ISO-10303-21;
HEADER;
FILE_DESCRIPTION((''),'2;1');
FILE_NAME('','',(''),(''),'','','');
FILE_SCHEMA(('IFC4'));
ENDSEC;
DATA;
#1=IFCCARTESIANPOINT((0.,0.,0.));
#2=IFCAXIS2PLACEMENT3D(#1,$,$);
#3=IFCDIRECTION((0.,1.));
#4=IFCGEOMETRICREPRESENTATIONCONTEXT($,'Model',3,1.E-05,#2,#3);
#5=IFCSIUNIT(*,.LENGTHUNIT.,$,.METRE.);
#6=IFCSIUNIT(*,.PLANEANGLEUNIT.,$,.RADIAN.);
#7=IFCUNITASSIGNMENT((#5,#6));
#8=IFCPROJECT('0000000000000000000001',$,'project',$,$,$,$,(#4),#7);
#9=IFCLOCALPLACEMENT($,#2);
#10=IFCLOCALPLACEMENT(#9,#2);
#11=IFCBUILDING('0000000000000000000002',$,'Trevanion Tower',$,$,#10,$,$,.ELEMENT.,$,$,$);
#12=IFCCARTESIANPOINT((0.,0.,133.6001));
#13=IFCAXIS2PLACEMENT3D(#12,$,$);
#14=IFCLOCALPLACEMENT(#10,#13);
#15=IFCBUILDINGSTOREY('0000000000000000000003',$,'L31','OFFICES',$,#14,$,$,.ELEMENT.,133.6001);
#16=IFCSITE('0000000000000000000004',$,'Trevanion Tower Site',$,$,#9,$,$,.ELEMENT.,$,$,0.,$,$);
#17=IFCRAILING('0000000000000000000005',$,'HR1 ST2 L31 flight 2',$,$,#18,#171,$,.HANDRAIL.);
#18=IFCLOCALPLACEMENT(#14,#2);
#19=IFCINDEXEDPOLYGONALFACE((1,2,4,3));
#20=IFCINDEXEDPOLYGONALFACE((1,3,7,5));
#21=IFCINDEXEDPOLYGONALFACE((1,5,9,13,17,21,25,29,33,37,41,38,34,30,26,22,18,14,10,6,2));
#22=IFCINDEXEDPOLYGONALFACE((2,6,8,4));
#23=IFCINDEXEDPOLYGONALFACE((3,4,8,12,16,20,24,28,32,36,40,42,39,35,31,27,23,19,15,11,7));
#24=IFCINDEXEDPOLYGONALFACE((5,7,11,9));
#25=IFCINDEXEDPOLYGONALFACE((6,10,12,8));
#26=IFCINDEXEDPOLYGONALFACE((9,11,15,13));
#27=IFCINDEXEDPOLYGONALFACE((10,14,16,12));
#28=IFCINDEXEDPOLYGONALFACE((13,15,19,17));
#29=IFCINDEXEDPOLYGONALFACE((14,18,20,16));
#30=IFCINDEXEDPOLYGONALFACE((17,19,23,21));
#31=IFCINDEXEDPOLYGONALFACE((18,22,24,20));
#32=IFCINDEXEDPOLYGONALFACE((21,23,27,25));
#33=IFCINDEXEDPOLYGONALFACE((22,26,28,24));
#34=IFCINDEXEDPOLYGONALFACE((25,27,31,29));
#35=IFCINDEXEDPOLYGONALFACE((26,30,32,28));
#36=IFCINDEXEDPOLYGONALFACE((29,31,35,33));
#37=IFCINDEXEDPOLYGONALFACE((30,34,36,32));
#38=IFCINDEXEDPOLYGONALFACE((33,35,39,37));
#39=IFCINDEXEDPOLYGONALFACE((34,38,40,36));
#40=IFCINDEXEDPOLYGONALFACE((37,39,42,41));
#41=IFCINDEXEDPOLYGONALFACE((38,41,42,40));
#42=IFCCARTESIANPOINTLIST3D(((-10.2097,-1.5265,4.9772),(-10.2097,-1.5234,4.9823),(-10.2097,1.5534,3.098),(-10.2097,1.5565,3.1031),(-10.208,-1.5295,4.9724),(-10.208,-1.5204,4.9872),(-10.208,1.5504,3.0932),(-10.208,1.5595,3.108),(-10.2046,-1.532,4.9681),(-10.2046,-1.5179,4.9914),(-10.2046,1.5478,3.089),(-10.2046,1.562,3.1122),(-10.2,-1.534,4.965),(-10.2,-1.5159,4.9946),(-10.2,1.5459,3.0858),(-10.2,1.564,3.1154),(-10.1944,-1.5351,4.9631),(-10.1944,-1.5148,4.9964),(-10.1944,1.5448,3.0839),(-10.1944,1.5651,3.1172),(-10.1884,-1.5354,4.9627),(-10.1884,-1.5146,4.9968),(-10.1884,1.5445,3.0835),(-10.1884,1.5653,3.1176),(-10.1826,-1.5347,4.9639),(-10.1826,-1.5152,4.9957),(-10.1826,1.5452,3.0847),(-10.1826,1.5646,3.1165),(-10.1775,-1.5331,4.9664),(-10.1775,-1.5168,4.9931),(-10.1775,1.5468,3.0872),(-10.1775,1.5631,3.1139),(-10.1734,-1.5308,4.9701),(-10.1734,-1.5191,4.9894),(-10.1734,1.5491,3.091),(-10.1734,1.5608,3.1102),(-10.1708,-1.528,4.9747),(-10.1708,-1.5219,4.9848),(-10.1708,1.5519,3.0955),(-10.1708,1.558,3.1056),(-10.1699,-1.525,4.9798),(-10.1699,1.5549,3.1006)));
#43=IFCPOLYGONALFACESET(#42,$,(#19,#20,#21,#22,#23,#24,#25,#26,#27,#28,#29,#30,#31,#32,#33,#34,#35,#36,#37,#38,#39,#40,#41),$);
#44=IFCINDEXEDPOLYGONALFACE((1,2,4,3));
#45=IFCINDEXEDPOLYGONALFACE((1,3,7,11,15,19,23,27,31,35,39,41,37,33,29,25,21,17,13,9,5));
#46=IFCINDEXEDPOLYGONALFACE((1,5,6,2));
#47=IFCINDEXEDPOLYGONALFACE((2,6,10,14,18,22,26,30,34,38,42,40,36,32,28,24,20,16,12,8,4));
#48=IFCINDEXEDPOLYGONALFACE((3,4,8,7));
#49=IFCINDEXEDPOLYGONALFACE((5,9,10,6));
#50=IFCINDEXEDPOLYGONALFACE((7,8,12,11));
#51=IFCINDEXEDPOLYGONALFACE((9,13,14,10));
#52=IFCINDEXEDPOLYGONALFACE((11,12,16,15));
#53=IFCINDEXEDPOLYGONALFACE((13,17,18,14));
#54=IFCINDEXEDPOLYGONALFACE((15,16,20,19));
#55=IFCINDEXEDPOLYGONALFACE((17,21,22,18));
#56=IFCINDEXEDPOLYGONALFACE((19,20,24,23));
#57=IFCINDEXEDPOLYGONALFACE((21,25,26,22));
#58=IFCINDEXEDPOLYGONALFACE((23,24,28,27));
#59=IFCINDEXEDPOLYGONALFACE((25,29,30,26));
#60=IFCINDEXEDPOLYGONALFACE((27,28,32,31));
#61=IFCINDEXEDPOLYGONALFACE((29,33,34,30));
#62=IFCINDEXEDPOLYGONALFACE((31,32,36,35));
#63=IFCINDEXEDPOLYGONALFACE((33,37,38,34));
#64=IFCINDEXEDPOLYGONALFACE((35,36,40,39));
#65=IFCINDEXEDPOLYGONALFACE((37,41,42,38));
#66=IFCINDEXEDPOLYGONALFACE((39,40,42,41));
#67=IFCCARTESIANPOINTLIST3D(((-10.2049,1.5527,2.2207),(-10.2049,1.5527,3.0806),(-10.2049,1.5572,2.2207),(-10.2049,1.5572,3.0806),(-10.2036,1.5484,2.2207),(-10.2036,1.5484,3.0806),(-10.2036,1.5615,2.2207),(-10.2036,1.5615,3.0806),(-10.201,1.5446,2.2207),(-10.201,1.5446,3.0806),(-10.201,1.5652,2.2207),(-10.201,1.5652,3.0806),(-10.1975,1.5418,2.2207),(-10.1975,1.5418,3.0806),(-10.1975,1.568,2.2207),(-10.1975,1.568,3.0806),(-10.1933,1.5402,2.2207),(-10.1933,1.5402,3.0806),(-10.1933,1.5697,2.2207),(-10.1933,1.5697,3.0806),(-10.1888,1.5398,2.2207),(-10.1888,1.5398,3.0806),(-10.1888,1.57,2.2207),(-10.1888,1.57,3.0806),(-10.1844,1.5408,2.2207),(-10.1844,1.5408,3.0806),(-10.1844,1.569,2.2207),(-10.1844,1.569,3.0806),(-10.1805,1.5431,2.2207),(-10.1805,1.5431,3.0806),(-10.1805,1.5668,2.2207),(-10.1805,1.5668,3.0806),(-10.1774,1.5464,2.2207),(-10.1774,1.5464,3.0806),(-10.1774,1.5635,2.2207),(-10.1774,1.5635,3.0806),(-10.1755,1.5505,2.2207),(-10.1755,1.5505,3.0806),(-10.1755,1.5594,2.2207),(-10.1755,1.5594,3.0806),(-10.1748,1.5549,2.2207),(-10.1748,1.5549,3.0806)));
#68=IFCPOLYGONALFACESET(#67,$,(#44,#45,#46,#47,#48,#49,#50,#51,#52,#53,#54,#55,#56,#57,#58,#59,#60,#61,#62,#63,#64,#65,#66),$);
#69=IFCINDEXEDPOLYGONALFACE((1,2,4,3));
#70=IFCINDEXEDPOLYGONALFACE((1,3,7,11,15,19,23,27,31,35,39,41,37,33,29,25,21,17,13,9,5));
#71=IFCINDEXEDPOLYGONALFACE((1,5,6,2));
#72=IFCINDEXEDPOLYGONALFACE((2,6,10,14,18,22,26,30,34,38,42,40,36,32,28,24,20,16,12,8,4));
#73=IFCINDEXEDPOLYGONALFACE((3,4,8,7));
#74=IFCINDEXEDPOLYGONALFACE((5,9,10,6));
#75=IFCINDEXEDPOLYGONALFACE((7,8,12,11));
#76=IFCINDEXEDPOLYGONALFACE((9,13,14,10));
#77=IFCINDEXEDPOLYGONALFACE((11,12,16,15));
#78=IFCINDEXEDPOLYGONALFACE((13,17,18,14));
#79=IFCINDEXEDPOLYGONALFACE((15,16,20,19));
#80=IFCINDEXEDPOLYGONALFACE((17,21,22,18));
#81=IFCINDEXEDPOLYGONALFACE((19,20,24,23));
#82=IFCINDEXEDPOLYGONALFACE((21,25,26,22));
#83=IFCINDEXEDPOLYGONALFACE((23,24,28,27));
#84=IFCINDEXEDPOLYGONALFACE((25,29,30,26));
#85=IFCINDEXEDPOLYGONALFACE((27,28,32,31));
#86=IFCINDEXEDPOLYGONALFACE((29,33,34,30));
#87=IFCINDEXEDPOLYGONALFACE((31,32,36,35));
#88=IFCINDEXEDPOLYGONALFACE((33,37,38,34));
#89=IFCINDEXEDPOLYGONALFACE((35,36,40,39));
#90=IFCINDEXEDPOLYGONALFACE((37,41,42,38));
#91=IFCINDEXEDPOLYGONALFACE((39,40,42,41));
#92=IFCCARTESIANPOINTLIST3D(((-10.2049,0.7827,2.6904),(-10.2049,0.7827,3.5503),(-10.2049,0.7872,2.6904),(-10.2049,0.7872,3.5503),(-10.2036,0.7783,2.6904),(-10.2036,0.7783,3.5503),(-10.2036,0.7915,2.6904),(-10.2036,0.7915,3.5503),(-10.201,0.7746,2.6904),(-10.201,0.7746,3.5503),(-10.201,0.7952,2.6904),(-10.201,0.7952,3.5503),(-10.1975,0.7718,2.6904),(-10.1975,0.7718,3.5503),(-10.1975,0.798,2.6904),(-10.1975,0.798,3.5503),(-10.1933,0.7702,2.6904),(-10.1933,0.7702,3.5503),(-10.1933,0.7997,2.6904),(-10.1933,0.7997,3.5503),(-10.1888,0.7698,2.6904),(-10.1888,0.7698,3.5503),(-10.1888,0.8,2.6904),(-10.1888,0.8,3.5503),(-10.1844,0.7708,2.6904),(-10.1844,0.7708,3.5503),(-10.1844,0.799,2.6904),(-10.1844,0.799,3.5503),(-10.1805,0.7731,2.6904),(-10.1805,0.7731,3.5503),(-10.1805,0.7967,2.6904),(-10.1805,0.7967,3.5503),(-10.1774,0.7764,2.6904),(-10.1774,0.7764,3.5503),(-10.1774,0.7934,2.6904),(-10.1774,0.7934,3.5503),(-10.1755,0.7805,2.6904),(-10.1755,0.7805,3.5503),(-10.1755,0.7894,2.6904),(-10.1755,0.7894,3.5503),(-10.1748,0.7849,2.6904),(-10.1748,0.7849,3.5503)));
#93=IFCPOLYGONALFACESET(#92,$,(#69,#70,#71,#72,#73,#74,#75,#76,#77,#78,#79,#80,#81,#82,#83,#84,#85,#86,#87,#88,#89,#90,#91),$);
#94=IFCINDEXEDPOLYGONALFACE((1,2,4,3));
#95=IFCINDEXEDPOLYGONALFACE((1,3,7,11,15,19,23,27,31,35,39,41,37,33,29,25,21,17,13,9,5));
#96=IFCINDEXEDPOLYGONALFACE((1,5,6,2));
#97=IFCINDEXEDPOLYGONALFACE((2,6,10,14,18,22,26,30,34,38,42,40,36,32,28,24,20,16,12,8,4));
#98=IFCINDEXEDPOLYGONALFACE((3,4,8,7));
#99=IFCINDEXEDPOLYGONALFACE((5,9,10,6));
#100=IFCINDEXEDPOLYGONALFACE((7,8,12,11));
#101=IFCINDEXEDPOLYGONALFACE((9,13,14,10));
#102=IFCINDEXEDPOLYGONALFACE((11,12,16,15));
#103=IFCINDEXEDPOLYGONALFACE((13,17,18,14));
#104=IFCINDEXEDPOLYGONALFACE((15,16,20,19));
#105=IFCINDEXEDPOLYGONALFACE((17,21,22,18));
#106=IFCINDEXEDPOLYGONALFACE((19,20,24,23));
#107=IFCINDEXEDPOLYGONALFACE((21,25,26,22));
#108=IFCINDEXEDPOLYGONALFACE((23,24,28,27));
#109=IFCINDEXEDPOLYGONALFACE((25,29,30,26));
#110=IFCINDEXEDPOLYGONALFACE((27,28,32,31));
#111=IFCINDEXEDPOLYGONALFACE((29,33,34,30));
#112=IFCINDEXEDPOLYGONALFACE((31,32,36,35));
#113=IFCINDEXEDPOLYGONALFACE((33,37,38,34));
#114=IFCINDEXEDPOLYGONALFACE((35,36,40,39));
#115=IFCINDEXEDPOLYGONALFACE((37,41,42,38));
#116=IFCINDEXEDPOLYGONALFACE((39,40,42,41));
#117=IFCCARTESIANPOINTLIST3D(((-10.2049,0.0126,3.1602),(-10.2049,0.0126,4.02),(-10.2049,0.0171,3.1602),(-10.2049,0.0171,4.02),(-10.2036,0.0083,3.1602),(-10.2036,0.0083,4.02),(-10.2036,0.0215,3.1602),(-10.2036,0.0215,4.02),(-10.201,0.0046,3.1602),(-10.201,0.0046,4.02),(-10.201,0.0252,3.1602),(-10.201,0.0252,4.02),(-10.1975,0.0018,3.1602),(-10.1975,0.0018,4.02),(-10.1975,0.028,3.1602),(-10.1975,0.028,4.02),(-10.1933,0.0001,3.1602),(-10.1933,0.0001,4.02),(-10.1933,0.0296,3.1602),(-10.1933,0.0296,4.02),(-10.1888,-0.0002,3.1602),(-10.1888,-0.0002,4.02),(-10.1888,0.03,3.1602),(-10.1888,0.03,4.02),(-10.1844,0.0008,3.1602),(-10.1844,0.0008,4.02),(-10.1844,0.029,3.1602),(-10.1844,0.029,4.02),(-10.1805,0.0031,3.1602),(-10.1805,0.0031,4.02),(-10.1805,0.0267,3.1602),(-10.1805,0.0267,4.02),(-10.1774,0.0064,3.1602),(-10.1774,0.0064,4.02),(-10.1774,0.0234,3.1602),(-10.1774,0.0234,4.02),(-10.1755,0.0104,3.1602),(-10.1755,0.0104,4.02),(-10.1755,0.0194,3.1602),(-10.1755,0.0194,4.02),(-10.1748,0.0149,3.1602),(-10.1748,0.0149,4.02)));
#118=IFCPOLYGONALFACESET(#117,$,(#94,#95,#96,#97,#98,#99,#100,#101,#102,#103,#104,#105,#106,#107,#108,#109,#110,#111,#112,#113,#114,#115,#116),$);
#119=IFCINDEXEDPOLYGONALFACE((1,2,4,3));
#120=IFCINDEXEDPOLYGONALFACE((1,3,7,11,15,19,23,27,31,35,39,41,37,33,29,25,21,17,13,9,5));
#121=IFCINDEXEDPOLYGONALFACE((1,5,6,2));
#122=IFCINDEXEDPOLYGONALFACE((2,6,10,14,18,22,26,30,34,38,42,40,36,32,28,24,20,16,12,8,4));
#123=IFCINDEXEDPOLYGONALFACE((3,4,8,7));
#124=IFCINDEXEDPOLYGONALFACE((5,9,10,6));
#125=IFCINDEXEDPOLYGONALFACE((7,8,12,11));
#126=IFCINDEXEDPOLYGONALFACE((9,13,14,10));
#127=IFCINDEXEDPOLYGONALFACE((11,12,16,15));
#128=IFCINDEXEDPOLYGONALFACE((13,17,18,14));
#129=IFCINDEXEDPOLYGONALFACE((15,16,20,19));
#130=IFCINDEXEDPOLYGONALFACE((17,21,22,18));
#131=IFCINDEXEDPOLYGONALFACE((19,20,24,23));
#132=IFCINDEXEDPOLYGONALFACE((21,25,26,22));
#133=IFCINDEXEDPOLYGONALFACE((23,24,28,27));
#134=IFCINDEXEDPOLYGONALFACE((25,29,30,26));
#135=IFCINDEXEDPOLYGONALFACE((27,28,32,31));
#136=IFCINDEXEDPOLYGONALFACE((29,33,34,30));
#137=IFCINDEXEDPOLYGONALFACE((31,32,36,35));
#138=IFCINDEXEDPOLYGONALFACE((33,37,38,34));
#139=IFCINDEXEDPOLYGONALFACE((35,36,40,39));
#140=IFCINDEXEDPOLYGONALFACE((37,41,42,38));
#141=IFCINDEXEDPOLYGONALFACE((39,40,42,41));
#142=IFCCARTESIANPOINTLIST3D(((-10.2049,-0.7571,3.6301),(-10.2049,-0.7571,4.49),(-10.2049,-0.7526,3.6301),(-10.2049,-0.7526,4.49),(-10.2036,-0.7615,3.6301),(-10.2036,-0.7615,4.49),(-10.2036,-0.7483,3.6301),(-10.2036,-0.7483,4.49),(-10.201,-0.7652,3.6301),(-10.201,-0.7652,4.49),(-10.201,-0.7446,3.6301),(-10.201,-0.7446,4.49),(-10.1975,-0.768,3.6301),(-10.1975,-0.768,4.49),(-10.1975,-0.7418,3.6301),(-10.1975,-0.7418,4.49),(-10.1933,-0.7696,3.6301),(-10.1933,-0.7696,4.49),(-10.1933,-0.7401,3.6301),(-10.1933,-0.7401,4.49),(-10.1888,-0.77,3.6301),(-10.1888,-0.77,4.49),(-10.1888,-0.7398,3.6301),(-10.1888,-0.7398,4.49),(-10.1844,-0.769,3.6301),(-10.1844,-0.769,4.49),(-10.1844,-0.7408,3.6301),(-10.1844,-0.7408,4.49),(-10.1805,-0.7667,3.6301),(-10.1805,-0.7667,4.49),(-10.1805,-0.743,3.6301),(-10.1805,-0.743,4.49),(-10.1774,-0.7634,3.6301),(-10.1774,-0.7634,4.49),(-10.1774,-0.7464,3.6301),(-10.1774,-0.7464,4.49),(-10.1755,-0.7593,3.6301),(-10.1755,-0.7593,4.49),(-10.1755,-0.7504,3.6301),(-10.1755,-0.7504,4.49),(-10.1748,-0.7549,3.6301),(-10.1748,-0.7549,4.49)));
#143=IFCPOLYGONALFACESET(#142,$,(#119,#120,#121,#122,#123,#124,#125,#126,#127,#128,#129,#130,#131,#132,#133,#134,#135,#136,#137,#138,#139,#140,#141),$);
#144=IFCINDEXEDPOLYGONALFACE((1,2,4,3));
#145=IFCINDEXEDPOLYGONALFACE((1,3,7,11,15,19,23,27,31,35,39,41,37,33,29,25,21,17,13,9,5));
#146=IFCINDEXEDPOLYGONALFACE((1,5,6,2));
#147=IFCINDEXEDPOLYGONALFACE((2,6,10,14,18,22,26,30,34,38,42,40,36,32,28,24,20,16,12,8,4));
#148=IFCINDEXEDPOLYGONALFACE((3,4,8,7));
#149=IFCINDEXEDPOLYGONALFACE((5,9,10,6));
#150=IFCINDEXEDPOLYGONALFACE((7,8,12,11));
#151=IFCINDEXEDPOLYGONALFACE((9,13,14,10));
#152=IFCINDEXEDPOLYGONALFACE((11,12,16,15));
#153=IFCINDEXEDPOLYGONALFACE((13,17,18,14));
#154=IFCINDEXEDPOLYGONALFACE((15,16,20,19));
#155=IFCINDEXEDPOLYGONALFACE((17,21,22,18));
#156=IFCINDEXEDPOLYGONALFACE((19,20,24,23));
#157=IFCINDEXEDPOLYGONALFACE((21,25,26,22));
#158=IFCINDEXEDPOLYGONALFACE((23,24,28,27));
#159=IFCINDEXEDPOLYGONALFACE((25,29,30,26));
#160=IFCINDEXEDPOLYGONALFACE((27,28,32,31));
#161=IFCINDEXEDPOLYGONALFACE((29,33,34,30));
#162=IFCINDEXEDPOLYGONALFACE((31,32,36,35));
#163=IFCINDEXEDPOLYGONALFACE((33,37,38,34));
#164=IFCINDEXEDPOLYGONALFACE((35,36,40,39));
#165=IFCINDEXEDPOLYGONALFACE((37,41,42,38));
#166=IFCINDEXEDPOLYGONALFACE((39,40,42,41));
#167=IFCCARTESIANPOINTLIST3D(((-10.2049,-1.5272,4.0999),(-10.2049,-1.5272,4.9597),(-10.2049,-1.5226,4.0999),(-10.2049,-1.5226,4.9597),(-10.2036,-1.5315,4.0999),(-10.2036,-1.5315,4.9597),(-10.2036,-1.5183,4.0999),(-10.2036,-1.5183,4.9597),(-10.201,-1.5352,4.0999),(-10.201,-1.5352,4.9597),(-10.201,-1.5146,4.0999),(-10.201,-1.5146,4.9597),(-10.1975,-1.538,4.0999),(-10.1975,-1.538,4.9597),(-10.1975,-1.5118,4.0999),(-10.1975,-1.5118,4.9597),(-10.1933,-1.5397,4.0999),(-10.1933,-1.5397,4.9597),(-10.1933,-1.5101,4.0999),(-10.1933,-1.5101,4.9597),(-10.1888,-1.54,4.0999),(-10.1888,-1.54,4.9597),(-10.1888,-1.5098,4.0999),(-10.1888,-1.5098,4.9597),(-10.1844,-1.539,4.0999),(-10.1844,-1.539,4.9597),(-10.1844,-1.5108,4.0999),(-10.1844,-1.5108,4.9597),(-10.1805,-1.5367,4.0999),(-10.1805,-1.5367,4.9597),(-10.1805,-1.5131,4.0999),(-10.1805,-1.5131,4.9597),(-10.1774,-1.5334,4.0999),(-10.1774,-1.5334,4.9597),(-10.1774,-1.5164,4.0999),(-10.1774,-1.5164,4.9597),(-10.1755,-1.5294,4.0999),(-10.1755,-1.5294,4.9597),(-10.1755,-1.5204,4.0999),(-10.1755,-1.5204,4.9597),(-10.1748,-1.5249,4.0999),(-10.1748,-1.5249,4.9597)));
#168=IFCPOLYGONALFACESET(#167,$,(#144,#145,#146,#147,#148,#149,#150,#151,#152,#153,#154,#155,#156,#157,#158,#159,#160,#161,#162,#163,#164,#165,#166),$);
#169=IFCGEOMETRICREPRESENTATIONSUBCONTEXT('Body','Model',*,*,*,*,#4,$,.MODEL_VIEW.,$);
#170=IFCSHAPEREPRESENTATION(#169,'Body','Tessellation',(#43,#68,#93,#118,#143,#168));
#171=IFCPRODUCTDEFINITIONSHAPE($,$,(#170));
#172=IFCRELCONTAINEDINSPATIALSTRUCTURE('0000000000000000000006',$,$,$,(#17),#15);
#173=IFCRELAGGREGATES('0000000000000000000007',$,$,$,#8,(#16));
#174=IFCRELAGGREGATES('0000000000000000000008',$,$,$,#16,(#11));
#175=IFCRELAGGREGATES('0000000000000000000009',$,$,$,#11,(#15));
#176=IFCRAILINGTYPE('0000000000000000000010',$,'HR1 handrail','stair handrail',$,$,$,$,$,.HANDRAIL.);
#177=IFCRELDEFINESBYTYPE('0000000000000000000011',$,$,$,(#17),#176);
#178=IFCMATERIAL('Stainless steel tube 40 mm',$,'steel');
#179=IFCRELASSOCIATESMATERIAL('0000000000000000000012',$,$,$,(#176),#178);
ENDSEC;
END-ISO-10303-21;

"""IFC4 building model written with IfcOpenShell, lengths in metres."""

from ifc_helpers import new_model, si_unit, direction, frame, origin, origin_2d, place, context, subcontext, project, spatial, circle, extrude, material, type_object, element, save


model = new_model("IFC4")

# Units and contexts
model_context = context("Model", 3, precision=1e-05, world=origin(), true_north=direction((0.0, 1.0)))
body_context = subcontext(model_context, "Body", "Model", "MODEL_VIEW")
ifc_project = project(units=[si_unit("LENGTHUNIT", "METRE"), si_unit("PLANEANGLEUNIT", "RADIAN")], contexts=[model_context])

# Site, building, storey
site_placement = place(None, origin())
site = spatial("IfcSite", under=ifc_project, at=site_placement, Name="Trevanion Tower Site", CompositionType="ELEMENT", RefElevation=0.0)
building_placement = place(site_placement, origin())
building = spatial("IfcBuilding", under=site, at=building_placement, Name="Trevanion Tower", CompositionType="ELEMENT")
storey_placement = place(building_placement, frame((0.0, 0.0, 133.6001)))
storey = spatial("IfcBuildingStorey", under=building, at=storey_placement, Name="L31", Description="OFFICES", CompositionType="ELEMENT", Elevation=133.6001)

# Railing
ifc_material_1 = material(Name="Stainless steel tube 40 mm", Category="steel")
railing_type = type_object("IfcRailingType", Name="HR1 handrail", Description="stair handrail", PredefinedType="HANDRAIL", material=ifc_material_1)
for number, where, name in (
    (1, (-10.1899, 1.5549, 2.2207), "HR1 ST2 L31 flight 2"),
):
    element("IfcRailing", number, at=place(storey_placement, frame(where)), inside=storey, type_object=railing_type, Name=name, PredefinedType="HANDRAIL", context=body_context, shape_type="SweptSolid", body=[
        extrude(circle(Radius=0.02, at=origin_2d()), frame((0.0, 0.0, 0.8799), z_axis=(0.0, -0.853648, 0.52085), x_axis=(1.0, 0.0, 0.0)), (0.0, 0.0, 1.0), 3.6079),
        extrude(circle(Radius=0.0151, at=origin_2d()), origin(), (0.0, 0.0, 1.0), 0.8599),
        extrude(circle(Radius=0.0151, at=origin_2d()), frame((0.0, -0.77, 0.4697)), (0.0, 0.0, 1.0), 0.8599),
        extrude(circle(Radius=0.0151, at=origin_2d()), frame((0.0, -1.54, 0.9395)), (0.0, 0.0, 1.0), 0.8599),
        extrude(circle(Radius=0.0151, at=origin_2d()), frame((0.0, -2.3098, 1.4094)), (0.0, 0.0, 1.0), 0.8599),
        extrude(circle(Radius=0.0151, at=origin_2d()), frame((0.0, -3.0798, 1.8792)), (0.0, 0.0, 1.0), 0.8599),
    ])

save(model, "model.ifc")
